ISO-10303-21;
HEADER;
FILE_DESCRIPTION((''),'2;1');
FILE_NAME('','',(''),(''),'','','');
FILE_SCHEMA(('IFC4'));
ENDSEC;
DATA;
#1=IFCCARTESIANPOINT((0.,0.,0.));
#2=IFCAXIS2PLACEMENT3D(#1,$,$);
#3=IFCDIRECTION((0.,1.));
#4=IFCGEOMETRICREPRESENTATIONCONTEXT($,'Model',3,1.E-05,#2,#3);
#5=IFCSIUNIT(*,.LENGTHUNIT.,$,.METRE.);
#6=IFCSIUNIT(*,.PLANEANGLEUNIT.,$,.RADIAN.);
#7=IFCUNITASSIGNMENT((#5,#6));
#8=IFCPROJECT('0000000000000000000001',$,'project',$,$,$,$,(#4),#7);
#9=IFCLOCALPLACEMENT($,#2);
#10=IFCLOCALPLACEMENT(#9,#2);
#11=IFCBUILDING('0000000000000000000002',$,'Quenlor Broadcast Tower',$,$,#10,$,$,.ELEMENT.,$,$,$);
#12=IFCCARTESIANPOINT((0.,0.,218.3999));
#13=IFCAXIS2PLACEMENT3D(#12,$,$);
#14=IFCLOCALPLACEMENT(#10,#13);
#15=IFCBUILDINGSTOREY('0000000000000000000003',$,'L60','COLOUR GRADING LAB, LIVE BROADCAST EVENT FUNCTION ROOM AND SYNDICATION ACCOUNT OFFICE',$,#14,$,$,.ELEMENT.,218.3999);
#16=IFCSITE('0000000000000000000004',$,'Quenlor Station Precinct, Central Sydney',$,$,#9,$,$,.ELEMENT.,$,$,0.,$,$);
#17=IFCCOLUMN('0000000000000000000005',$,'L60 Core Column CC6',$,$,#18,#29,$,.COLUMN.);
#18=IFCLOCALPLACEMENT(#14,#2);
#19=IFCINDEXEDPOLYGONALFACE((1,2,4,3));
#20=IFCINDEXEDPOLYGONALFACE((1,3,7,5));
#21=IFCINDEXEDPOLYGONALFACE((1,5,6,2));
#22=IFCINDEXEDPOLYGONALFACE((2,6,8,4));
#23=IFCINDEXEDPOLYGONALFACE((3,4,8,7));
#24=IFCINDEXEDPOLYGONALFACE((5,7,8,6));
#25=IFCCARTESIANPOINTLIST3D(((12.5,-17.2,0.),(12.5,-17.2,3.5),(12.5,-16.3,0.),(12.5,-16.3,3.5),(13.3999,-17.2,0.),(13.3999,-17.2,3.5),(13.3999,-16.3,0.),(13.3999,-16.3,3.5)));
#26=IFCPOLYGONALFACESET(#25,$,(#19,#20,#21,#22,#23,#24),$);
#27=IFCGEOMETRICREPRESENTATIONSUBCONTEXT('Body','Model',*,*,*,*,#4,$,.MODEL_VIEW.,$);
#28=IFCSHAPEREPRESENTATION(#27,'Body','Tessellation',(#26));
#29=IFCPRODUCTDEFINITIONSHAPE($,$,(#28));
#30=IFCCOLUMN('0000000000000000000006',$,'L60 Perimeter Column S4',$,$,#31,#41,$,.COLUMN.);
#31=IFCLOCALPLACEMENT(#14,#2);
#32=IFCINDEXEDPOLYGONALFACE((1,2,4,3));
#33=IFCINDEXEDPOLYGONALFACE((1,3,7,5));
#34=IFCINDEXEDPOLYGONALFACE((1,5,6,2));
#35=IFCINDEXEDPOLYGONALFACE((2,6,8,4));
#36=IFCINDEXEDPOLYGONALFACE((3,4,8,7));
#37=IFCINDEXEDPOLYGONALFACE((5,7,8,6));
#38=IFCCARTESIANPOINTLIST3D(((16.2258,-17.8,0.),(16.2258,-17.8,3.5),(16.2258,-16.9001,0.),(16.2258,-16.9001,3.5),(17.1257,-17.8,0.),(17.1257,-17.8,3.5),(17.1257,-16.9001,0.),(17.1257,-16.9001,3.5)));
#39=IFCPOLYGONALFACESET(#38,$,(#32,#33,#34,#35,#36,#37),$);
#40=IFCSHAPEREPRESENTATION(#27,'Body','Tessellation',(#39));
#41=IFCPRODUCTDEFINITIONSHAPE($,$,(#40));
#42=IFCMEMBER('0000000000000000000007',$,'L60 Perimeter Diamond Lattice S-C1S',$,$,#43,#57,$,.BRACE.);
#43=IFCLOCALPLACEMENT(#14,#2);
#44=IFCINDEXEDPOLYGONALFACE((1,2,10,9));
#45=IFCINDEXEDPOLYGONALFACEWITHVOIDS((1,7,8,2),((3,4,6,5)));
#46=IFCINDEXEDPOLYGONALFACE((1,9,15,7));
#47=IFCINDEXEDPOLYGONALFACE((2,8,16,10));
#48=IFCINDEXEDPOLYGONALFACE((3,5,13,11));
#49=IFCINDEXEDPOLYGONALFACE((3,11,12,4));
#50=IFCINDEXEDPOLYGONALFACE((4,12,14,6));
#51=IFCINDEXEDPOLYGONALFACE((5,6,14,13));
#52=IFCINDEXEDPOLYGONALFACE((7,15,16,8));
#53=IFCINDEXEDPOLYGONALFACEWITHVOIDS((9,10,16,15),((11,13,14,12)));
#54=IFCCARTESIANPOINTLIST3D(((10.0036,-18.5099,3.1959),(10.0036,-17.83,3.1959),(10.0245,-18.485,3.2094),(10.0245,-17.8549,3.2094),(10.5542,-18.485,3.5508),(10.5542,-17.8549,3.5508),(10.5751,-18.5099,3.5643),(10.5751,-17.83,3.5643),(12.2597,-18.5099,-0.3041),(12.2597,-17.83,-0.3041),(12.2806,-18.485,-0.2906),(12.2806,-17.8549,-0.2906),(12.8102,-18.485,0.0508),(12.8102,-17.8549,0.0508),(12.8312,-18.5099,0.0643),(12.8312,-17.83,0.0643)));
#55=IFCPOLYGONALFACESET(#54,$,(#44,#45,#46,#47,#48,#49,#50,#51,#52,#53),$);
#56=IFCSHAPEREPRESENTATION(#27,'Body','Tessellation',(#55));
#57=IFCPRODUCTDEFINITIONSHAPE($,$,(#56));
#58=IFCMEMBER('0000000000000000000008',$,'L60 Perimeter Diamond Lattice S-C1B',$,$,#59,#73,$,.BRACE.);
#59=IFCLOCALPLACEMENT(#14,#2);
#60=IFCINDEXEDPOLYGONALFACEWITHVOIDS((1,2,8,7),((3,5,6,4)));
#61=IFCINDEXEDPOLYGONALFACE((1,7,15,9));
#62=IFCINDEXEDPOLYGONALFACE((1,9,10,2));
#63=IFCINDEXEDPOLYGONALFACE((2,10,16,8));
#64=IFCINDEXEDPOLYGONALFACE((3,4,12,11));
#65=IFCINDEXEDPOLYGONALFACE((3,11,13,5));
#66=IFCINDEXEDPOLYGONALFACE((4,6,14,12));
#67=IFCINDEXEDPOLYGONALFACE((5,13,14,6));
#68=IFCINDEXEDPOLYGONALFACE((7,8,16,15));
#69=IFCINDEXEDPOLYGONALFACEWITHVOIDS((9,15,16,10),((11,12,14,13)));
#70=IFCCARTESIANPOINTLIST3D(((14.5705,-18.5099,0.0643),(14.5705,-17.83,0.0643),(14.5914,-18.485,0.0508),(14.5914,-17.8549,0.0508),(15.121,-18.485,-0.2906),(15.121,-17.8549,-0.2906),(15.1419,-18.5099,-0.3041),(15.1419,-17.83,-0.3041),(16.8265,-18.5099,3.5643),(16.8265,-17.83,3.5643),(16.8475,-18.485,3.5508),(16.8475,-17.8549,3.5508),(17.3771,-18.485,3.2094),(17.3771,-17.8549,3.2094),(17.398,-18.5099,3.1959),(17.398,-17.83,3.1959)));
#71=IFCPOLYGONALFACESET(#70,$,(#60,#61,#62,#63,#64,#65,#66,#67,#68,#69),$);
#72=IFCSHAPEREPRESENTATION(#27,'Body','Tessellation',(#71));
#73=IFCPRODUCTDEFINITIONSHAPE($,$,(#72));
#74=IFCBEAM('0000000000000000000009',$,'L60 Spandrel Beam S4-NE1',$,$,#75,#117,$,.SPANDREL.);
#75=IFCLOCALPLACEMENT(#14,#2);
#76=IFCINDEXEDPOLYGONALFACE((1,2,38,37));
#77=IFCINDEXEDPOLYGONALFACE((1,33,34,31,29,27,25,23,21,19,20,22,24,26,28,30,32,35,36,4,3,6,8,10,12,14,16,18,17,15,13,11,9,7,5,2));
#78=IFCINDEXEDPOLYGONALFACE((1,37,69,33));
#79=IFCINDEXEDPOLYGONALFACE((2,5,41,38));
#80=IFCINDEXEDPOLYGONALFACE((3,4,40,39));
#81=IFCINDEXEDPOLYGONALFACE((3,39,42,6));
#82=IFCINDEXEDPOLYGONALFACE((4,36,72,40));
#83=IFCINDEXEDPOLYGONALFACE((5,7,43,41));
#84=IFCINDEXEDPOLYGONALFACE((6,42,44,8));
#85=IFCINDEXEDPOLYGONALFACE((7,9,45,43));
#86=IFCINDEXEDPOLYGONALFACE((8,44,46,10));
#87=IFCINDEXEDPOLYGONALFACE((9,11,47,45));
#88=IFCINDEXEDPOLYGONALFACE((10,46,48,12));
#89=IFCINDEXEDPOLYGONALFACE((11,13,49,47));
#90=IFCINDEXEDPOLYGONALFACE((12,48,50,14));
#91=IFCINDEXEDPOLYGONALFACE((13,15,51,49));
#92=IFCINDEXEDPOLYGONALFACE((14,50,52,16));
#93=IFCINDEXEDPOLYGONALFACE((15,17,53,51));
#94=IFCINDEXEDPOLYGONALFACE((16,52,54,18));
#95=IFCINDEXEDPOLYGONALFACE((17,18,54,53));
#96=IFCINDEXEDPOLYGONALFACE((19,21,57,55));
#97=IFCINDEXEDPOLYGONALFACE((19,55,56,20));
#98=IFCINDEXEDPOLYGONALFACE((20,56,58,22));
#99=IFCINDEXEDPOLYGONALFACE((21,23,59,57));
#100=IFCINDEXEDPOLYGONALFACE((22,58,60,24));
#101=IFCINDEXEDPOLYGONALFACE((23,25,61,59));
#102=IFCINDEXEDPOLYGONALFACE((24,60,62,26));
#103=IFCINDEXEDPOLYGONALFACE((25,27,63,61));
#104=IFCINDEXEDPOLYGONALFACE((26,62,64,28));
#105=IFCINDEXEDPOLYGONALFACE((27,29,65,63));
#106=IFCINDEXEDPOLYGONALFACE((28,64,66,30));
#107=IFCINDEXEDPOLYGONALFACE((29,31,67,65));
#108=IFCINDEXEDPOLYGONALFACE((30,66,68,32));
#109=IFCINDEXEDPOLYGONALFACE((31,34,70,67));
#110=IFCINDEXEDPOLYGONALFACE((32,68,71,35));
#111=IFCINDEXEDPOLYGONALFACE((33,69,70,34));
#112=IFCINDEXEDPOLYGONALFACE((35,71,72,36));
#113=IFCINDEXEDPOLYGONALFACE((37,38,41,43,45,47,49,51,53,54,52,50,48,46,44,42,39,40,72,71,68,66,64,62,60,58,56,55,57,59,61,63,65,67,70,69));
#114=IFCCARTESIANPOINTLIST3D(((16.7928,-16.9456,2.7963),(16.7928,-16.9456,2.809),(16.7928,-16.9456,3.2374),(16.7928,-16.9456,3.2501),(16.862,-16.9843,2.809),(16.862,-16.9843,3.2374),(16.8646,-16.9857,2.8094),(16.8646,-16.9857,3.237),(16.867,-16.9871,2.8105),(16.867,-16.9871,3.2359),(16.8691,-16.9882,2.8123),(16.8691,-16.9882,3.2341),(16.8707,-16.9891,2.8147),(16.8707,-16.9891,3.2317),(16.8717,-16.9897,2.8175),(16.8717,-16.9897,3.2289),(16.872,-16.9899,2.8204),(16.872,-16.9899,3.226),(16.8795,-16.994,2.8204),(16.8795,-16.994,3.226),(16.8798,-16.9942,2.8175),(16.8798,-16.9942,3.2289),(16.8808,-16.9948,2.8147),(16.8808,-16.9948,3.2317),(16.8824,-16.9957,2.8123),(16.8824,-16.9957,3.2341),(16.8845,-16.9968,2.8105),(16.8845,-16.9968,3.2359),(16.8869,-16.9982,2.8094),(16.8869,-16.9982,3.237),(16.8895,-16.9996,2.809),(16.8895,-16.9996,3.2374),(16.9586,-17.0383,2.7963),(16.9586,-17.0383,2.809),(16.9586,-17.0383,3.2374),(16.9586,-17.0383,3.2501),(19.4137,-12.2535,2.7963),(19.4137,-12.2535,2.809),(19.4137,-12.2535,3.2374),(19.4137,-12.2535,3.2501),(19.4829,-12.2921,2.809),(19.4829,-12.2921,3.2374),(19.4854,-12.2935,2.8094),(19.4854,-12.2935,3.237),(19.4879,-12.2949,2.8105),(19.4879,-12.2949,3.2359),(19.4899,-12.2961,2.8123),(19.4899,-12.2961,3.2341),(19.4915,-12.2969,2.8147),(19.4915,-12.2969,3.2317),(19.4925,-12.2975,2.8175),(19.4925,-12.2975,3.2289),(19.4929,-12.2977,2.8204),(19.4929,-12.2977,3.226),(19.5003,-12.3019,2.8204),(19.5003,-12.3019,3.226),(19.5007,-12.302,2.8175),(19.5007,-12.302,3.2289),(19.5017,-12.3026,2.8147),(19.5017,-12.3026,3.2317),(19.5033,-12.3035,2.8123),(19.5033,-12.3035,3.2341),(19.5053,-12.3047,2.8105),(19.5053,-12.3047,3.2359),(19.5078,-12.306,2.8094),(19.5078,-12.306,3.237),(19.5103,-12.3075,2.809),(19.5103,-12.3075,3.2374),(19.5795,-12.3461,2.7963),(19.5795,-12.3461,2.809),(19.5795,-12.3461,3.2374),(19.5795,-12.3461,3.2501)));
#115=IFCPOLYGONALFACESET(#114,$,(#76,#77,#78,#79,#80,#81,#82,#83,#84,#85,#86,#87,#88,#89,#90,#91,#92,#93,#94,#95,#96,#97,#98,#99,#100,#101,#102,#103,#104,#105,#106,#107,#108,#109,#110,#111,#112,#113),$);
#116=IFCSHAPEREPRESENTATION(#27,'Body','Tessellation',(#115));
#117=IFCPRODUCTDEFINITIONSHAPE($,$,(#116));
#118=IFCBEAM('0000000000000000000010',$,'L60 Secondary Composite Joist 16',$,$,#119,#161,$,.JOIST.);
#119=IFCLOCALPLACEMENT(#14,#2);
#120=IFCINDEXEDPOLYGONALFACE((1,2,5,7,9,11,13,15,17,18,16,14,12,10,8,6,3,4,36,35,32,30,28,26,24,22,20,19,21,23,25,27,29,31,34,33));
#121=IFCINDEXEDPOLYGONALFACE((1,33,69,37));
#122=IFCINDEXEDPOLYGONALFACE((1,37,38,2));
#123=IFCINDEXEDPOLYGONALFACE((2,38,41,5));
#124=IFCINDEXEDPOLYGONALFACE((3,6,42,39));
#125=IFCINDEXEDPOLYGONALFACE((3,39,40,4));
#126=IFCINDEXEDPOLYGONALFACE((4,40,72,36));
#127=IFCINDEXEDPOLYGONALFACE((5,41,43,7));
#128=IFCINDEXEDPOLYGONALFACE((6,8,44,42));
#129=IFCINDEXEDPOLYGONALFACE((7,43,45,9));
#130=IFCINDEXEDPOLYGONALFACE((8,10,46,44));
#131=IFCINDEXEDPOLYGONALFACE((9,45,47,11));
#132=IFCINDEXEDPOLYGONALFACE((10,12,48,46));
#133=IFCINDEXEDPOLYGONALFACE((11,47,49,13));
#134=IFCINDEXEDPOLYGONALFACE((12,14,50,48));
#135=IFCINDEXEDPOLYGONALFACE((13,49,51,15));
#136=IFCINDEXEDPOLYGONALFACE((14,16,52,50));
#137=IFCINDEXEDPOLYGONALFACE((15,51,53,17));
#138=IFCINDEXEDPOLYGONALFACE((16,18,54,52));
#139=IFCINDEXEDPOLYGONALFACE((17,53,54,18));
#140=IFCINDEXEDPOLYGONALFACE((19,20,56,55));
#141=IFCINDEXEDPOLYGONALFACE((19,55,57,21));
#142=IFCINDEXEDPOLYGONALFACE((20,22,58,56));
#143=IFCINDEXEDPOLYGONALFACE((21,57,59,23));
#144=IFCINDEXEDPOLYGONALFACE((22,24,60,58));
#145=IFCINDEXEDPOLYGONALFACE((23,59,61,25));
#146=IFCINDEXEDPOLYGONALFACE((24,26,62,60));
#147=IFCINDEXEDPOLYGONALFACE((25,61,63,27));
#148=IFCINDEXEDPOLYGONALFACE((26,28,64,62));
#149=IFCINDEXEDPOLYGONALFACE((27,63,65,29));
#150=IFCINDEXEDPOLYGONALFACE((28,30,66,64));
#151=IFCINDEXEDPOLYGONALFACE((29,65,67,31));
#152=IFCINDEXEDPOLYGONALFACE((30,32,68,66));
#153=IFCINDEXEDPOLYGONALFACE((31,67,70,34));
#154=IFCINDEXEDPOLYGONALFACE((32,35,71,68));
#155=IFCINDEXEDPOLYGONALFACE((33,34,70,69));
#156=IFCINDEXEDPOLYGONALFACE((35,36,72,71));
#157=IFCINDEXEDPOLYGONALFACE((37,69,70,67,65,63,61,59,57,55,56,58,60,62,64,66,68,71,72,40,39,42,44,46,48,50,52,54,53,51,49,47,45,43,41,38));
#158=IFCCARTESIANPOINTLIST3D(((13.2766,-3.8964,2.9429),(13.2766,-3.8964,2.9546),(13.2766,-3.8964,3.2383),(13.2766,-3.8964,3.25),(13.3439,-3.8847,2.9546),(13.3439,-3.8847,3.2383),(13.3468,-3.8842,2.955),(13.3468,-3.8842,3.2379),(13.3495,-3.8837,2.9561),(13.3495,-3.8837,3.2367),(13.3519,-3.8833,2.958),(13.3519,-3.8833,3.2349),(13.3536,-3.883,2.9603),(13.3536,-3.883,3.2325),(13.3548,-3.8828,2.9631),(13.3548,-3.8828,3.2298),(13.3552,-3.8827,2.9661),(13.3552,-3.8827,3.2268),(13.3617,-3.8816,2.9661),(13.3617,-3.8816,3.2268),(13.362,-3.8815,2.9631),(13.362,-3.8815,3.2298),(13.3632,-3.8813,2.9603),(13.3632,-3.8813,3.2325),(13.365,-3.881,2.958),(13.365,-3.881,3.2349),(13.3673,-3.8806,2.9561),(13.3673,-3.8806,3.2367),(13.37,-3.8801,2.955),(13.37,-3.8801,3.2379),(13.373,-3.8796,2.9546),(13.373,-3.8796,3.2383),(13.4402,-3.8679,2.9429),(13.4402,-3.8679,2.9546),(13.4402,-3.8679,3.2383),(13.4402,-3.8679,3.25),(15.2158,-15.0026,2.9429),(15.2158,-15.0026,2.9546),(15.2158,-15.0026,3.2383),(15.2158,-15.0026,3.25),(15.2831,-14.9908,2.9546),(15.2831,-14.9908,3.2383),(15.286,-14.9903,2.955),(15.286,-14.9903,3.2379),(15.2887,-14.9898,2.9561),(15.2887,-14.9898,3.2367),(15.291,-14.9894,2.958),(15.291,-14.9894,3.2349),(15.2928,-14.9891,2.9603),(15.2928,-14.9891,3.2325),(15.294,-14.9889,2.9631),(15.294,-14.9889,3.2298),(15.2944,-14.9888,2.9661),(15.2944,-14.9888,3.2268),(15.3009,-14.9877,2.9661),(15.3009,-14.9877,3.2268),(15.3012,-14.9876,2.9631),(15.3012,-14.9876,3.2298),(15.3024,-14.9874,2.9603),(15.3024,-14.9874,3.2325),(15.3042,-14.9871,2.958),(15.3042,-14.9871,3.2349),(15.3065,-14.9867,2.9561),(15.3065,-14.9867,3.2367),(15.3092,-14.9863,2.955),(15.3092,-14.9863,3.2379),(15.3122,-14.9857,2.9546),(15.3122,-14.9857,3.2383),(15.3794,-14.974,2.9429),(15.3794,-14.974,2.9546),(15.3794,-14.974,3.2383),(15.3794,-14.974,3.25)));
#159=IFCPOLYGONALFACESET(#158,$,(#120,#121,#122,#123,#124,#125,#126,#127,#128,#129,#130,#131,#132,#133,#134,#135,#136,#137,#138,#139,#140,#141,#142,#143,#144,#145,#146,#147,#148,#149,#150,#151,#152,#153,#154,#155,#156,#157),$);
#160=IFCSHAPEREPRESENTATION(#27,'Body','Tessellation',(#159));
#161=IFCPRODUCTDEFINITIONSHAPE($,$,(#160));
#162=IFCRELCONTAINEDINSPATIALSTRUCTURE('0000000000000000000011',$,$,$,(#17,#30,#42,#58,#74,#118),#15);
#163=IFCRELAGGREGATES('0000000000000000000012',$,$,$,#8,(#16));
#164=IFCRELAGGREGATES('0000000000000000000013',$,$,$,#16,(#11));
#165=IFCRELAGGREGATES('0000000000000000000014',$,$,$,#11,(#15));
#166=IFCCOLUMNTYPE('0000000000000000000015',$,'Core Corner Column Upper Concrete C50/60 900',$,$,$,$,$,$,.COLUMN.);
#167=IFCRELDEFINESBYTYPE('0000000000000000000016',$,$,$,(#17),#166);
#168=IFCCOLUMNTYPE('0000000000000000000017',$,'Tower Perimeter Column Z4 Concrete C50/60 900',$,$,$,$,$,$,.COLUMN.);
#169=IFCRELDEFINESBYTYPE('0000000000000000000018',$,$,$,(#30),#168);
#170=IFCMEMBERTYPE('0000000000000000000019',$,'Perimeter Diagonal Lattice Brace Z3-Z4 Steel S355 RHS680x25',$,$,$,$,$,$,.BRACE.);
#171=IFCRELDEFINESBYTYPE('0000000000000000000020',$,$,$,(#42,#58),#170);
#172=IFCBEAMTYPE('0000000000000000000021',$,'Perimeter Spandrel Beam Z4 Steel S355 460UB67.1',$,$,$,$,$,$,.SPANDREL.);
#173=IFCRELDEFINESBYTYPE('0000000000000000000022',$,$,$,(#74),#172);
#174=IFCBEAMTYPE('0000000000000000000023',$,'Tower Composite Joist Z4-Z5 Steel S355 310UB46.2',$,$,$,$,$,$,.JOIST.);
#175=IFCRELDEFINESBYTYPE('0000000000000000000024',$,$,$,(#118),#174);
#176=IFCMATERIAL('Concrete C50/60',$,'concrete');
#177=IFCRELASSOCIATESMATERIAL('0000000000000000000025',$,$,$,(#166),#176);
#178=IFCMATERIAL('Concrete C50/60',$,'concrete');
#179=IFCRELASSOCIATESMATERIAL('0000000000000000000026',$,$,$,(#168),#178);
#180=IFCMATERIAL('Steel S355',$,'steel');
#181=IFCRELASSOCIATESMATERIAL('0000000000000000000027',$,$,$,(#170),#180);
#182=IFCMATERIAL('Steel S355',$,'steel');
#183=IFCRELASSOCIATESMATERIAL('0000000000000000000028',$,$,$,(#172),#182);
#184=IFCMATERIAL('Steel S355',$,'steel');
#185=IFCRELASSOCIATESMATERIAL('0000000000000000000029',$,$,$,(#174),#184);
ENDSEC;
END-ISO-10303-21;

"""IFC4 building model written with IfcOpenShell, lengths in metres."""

from ifc_helpers import new_model, si_unit, direction, frame, origin, origin_2d, place, context, subcontext, project, spatial, rectangle, hollow_rectangle, i_section, extrude, material, material_profile, profile_set, type_object, element, save


model = new_model("IFC4")

# Units and contexts
model_context = context("Model", 3, precision=1e-05, world=origin(), true_north=direction((0.0, 1.0)))
body_context = subcontext(model_context, "Body", "Model", "MODEL_VIEW")
ifc_project = project(units=[si_unit("LENGTHUNIT", "METRE"), si_unit("PLANEANGLEUNIT", "RADIAN")], contexts=[model_context])

# Site, building, storey
site_placement = place(None, origin())
site = spatial("IfcSite", under=ifc_project, at=site_placement, Name="Quenlor Station Precinct, Central Sydney", CompositionType="ELEMENT", RefElevation=0.0)
building_placement = place(site_placement, origin())
building = spatial("IfcBuilding", under=site, at=building_placement, Name="Quenlor Broadcast Tower", CompositionType="ELEMENT")
storey_placement = place(building_placement, frame((0.0, 0.0, 218.3999)))
storey = spatial("IfcBuildingStorey", under=building, at=storey_placement, Name="L60", Description="COLOUR GRADING LAB, LIVE BROADCAST EVENT FUNCTION ROOM AND SYNDICATION ACCOUNT OFFICE", CompositionType="ELEMENT", Elevation=218.3999)

# Columns
ifc_material_1 = material(Name="Concrete C50/60", Category="concrete")
ifc_material_profile_1 = material_profile(ifc_material_1, rectangle(XDim=0.8999, YDim=0.8999, at=origin_2d()))
ifc_profile_set_1 = profile_set([ifc_material_profile_1], Name="Concrete C50/60 RC900x900")
column_type_1 = type_object("IfcColumnType", Name="Core Corner Column Upper Concrete C50/60 900", PredefinedType="COLUMN", material=ifc_profile_set_1)
column_1_placement = place(storey_placement, frame((12.95, -16.75, 0.0), z_axis=(0.0, 0.0, 1.0), x_axis=(1.0, 0.0, 0.0)))
element("IfcColumn", 1, at=column_1_placement, inside=storey, type_object=column_type_1, Name="L60 Core Column CC6", PredefinedType="COLUMN", context=body_context, shape_type="SweptSolid", body=[
    extrude(rectangle(XDim=0.8999, YDim=0.8999, at=origin_2d()), origin(), (0.0, 0.0, 1.0), 3.5),
])
ifc_material_2 = material(Name="Concrete C50/60", Category="concrete")
ifc_material_profile_2 = material_profile(ifc_material_2, rectangle(XDim=0.8999, YDim=0.8999, at=origin_2d()))
ifc_profile_set_2 = profile_set([ifc_material_profile_2], Name="Concrete C50/60 RC900x900")
column_type_2 = type_object("IfcColumnType", Name="Tower Perimeter Column Z4 Concrete C50/60 900", PredefinedType="COLUMN", material=ifc_profile_set_2)
column_2_placement = place(storey_placement, frame((16.6758, -17.3501, 0.0), z_axis=(0.0, 0.0, 1.0), x_axis=(0.0, 1.0, 0.0)))
element("IfcColumn", 2, at=column_2_placement, inside=storey, type_object=column_type_2, Name="L60 Perimeter Column S4", PredefinedType="COLUMN", context=body_context, shape_type="SweptSolid", body=[
    extrude(rectangle(XDim=0.8999, YDim=0.8999, at=origin_2d()), origin(), (0.0, 0.0, 1.0), 3.5),
])

# Members
ifc_material_3 = material(Name="Steel S355", Category="steel")
ifc_material_profile_3 = material_profile(ifc_material_3, hollow_rectangle(XDim=0.6799, YDim=0.6799, WallThickness=0.0249, at=origin_2d()))
ifc_profile_set_3 = profile_set([ifc_material_profile_3], Name="Steel S355 RHS680x680x25")
member_type = type_object("IfcMemberType", Name="Perimeter Diagonal Lattice Brace Z3-Z4 Steel S355 RHS680x25", PredefinedType="BRACE", material=ifc_profile_set_3)
for number, where, z_axis, x_axis, name in (
    (3, (12.5454, -18.1699, -0.1199), (-0.541794, 0.0, 0.840511), (0.0, -1.0, 0.0), "L60 Perimeter Diamond Lattice S-C1S"),
    (4, (14.8562, -18.1699, -0.1199), (0.541794, 0.0, 0.840511), (0.0, 1.0, 0.0), "L60 Perimeter Diamond Lattice S-C1B"),
):
    element("IfcMember", number, at=place(storey_placement, frame(where, z_axis=z_axis, x_axis=x_axis)), inside=storey, type_object=member_type, Name=name, PredefinedType="BRACE", context=body_context, shape_type="SweptSolid", body=[
        extrude(hollow_rectangle(XDim=0.6799, YDim=0.6799, WallThickness=0.0249, at=origin_2d()), origin(), (0.0, 0.0, 1.0), 4.1641),
    ])

# Beams
ifc_material_4 = material(Name="Steel S355", Category="steel")
ifc_material_profile_4 = material_profile(ifc_material_4, i_section(OverallWidth=0.1899, OverallDepth=0.4539, WebThickness=0.0085, FlangeThickness=0.0127, FilletRadius=0.0115, at=origin_2d()))
ifc_profile_set_4 = profile_set([ifc_material_profile_4], Name="Steel S355 460UB67.1")
beam_type_1 = type_object("IfcBeamType", Name="Perimeter Spandrel Beam Z4 Steel S355 460UB67.1", PredefinedType="SPANDREL", material=ifc_profile_set_4)
beam_1_placement = place(storey_placement, frame((16.8757, -16.9919, 3.0232), z_axis=(0.487647, 0.873041, 0.0), x_axis=(-0.873041, 0.487647, 0.0)))
element("IfcBeam", 5, at=beam_1_placement, inside=storey, type_object=beam_type_1, Name="L60 Spandrel Beam S4-NE1", PredefinedType="SPANDREL", context=body_context, shape_type="SweptSolid", body=[
    extrude(i_section(OverallWidth=0.1899, OverallDepth=0.4539, WebThickness=0.0085, FlangeThickness=0.0127, FilletRadius=0.0115, at=origin_2d()), origin(), (0.0, 0.0, 1.0), 5.3745),
])
ifc_material_5 = material(Name="Steel S355", Category="steel")
ifc_material_profile_5 = material_profile(ifc_material_5, i_section(OverallWidth=0.166, OverallDepth=0.3071, WebThickness=0.0066, FlangeThickness=0.0117, FilletRadius=0.0115, at=origin_2d()))
ifc_profile_set_5 = profile_set([ifc_material_profile_5], Name="Steel S355 310UB46.2")
beam_type_2 = type_object("IfcBeamType", Name="Tower Composite Joist Z4-Z5 Steel S355 310UB46.2", PredefinedType="JOIST", material=ifc_profile_set_5)
beam_2_placement = place(storey_placement, frame((15.2976, -14.9883, 3.0964), z_axis=(-0.172004, 0.985096, 0.0), x_axis=(-0.985096, -0.172004, 0.0)))
element("IfcBeam", 6, at=beam_2_placement, inside=storey, type_object=beam_type_2, Name="L60 Secondary Composite Joist 16", PredefinedType="JOIST", context=body_context, shape_type="SweptSolid", body=[
    extrude(i_section(OverallWidth=0.166, OverallDepth=0.3071, WebThickness=0.0066, FlangeThickness=0.0117, FilletRadius=0.0115, at=origin_2d()), origin(), (0.0, 0.0, 1.0), 11.2742),
])

save(model, "model.ifc")
